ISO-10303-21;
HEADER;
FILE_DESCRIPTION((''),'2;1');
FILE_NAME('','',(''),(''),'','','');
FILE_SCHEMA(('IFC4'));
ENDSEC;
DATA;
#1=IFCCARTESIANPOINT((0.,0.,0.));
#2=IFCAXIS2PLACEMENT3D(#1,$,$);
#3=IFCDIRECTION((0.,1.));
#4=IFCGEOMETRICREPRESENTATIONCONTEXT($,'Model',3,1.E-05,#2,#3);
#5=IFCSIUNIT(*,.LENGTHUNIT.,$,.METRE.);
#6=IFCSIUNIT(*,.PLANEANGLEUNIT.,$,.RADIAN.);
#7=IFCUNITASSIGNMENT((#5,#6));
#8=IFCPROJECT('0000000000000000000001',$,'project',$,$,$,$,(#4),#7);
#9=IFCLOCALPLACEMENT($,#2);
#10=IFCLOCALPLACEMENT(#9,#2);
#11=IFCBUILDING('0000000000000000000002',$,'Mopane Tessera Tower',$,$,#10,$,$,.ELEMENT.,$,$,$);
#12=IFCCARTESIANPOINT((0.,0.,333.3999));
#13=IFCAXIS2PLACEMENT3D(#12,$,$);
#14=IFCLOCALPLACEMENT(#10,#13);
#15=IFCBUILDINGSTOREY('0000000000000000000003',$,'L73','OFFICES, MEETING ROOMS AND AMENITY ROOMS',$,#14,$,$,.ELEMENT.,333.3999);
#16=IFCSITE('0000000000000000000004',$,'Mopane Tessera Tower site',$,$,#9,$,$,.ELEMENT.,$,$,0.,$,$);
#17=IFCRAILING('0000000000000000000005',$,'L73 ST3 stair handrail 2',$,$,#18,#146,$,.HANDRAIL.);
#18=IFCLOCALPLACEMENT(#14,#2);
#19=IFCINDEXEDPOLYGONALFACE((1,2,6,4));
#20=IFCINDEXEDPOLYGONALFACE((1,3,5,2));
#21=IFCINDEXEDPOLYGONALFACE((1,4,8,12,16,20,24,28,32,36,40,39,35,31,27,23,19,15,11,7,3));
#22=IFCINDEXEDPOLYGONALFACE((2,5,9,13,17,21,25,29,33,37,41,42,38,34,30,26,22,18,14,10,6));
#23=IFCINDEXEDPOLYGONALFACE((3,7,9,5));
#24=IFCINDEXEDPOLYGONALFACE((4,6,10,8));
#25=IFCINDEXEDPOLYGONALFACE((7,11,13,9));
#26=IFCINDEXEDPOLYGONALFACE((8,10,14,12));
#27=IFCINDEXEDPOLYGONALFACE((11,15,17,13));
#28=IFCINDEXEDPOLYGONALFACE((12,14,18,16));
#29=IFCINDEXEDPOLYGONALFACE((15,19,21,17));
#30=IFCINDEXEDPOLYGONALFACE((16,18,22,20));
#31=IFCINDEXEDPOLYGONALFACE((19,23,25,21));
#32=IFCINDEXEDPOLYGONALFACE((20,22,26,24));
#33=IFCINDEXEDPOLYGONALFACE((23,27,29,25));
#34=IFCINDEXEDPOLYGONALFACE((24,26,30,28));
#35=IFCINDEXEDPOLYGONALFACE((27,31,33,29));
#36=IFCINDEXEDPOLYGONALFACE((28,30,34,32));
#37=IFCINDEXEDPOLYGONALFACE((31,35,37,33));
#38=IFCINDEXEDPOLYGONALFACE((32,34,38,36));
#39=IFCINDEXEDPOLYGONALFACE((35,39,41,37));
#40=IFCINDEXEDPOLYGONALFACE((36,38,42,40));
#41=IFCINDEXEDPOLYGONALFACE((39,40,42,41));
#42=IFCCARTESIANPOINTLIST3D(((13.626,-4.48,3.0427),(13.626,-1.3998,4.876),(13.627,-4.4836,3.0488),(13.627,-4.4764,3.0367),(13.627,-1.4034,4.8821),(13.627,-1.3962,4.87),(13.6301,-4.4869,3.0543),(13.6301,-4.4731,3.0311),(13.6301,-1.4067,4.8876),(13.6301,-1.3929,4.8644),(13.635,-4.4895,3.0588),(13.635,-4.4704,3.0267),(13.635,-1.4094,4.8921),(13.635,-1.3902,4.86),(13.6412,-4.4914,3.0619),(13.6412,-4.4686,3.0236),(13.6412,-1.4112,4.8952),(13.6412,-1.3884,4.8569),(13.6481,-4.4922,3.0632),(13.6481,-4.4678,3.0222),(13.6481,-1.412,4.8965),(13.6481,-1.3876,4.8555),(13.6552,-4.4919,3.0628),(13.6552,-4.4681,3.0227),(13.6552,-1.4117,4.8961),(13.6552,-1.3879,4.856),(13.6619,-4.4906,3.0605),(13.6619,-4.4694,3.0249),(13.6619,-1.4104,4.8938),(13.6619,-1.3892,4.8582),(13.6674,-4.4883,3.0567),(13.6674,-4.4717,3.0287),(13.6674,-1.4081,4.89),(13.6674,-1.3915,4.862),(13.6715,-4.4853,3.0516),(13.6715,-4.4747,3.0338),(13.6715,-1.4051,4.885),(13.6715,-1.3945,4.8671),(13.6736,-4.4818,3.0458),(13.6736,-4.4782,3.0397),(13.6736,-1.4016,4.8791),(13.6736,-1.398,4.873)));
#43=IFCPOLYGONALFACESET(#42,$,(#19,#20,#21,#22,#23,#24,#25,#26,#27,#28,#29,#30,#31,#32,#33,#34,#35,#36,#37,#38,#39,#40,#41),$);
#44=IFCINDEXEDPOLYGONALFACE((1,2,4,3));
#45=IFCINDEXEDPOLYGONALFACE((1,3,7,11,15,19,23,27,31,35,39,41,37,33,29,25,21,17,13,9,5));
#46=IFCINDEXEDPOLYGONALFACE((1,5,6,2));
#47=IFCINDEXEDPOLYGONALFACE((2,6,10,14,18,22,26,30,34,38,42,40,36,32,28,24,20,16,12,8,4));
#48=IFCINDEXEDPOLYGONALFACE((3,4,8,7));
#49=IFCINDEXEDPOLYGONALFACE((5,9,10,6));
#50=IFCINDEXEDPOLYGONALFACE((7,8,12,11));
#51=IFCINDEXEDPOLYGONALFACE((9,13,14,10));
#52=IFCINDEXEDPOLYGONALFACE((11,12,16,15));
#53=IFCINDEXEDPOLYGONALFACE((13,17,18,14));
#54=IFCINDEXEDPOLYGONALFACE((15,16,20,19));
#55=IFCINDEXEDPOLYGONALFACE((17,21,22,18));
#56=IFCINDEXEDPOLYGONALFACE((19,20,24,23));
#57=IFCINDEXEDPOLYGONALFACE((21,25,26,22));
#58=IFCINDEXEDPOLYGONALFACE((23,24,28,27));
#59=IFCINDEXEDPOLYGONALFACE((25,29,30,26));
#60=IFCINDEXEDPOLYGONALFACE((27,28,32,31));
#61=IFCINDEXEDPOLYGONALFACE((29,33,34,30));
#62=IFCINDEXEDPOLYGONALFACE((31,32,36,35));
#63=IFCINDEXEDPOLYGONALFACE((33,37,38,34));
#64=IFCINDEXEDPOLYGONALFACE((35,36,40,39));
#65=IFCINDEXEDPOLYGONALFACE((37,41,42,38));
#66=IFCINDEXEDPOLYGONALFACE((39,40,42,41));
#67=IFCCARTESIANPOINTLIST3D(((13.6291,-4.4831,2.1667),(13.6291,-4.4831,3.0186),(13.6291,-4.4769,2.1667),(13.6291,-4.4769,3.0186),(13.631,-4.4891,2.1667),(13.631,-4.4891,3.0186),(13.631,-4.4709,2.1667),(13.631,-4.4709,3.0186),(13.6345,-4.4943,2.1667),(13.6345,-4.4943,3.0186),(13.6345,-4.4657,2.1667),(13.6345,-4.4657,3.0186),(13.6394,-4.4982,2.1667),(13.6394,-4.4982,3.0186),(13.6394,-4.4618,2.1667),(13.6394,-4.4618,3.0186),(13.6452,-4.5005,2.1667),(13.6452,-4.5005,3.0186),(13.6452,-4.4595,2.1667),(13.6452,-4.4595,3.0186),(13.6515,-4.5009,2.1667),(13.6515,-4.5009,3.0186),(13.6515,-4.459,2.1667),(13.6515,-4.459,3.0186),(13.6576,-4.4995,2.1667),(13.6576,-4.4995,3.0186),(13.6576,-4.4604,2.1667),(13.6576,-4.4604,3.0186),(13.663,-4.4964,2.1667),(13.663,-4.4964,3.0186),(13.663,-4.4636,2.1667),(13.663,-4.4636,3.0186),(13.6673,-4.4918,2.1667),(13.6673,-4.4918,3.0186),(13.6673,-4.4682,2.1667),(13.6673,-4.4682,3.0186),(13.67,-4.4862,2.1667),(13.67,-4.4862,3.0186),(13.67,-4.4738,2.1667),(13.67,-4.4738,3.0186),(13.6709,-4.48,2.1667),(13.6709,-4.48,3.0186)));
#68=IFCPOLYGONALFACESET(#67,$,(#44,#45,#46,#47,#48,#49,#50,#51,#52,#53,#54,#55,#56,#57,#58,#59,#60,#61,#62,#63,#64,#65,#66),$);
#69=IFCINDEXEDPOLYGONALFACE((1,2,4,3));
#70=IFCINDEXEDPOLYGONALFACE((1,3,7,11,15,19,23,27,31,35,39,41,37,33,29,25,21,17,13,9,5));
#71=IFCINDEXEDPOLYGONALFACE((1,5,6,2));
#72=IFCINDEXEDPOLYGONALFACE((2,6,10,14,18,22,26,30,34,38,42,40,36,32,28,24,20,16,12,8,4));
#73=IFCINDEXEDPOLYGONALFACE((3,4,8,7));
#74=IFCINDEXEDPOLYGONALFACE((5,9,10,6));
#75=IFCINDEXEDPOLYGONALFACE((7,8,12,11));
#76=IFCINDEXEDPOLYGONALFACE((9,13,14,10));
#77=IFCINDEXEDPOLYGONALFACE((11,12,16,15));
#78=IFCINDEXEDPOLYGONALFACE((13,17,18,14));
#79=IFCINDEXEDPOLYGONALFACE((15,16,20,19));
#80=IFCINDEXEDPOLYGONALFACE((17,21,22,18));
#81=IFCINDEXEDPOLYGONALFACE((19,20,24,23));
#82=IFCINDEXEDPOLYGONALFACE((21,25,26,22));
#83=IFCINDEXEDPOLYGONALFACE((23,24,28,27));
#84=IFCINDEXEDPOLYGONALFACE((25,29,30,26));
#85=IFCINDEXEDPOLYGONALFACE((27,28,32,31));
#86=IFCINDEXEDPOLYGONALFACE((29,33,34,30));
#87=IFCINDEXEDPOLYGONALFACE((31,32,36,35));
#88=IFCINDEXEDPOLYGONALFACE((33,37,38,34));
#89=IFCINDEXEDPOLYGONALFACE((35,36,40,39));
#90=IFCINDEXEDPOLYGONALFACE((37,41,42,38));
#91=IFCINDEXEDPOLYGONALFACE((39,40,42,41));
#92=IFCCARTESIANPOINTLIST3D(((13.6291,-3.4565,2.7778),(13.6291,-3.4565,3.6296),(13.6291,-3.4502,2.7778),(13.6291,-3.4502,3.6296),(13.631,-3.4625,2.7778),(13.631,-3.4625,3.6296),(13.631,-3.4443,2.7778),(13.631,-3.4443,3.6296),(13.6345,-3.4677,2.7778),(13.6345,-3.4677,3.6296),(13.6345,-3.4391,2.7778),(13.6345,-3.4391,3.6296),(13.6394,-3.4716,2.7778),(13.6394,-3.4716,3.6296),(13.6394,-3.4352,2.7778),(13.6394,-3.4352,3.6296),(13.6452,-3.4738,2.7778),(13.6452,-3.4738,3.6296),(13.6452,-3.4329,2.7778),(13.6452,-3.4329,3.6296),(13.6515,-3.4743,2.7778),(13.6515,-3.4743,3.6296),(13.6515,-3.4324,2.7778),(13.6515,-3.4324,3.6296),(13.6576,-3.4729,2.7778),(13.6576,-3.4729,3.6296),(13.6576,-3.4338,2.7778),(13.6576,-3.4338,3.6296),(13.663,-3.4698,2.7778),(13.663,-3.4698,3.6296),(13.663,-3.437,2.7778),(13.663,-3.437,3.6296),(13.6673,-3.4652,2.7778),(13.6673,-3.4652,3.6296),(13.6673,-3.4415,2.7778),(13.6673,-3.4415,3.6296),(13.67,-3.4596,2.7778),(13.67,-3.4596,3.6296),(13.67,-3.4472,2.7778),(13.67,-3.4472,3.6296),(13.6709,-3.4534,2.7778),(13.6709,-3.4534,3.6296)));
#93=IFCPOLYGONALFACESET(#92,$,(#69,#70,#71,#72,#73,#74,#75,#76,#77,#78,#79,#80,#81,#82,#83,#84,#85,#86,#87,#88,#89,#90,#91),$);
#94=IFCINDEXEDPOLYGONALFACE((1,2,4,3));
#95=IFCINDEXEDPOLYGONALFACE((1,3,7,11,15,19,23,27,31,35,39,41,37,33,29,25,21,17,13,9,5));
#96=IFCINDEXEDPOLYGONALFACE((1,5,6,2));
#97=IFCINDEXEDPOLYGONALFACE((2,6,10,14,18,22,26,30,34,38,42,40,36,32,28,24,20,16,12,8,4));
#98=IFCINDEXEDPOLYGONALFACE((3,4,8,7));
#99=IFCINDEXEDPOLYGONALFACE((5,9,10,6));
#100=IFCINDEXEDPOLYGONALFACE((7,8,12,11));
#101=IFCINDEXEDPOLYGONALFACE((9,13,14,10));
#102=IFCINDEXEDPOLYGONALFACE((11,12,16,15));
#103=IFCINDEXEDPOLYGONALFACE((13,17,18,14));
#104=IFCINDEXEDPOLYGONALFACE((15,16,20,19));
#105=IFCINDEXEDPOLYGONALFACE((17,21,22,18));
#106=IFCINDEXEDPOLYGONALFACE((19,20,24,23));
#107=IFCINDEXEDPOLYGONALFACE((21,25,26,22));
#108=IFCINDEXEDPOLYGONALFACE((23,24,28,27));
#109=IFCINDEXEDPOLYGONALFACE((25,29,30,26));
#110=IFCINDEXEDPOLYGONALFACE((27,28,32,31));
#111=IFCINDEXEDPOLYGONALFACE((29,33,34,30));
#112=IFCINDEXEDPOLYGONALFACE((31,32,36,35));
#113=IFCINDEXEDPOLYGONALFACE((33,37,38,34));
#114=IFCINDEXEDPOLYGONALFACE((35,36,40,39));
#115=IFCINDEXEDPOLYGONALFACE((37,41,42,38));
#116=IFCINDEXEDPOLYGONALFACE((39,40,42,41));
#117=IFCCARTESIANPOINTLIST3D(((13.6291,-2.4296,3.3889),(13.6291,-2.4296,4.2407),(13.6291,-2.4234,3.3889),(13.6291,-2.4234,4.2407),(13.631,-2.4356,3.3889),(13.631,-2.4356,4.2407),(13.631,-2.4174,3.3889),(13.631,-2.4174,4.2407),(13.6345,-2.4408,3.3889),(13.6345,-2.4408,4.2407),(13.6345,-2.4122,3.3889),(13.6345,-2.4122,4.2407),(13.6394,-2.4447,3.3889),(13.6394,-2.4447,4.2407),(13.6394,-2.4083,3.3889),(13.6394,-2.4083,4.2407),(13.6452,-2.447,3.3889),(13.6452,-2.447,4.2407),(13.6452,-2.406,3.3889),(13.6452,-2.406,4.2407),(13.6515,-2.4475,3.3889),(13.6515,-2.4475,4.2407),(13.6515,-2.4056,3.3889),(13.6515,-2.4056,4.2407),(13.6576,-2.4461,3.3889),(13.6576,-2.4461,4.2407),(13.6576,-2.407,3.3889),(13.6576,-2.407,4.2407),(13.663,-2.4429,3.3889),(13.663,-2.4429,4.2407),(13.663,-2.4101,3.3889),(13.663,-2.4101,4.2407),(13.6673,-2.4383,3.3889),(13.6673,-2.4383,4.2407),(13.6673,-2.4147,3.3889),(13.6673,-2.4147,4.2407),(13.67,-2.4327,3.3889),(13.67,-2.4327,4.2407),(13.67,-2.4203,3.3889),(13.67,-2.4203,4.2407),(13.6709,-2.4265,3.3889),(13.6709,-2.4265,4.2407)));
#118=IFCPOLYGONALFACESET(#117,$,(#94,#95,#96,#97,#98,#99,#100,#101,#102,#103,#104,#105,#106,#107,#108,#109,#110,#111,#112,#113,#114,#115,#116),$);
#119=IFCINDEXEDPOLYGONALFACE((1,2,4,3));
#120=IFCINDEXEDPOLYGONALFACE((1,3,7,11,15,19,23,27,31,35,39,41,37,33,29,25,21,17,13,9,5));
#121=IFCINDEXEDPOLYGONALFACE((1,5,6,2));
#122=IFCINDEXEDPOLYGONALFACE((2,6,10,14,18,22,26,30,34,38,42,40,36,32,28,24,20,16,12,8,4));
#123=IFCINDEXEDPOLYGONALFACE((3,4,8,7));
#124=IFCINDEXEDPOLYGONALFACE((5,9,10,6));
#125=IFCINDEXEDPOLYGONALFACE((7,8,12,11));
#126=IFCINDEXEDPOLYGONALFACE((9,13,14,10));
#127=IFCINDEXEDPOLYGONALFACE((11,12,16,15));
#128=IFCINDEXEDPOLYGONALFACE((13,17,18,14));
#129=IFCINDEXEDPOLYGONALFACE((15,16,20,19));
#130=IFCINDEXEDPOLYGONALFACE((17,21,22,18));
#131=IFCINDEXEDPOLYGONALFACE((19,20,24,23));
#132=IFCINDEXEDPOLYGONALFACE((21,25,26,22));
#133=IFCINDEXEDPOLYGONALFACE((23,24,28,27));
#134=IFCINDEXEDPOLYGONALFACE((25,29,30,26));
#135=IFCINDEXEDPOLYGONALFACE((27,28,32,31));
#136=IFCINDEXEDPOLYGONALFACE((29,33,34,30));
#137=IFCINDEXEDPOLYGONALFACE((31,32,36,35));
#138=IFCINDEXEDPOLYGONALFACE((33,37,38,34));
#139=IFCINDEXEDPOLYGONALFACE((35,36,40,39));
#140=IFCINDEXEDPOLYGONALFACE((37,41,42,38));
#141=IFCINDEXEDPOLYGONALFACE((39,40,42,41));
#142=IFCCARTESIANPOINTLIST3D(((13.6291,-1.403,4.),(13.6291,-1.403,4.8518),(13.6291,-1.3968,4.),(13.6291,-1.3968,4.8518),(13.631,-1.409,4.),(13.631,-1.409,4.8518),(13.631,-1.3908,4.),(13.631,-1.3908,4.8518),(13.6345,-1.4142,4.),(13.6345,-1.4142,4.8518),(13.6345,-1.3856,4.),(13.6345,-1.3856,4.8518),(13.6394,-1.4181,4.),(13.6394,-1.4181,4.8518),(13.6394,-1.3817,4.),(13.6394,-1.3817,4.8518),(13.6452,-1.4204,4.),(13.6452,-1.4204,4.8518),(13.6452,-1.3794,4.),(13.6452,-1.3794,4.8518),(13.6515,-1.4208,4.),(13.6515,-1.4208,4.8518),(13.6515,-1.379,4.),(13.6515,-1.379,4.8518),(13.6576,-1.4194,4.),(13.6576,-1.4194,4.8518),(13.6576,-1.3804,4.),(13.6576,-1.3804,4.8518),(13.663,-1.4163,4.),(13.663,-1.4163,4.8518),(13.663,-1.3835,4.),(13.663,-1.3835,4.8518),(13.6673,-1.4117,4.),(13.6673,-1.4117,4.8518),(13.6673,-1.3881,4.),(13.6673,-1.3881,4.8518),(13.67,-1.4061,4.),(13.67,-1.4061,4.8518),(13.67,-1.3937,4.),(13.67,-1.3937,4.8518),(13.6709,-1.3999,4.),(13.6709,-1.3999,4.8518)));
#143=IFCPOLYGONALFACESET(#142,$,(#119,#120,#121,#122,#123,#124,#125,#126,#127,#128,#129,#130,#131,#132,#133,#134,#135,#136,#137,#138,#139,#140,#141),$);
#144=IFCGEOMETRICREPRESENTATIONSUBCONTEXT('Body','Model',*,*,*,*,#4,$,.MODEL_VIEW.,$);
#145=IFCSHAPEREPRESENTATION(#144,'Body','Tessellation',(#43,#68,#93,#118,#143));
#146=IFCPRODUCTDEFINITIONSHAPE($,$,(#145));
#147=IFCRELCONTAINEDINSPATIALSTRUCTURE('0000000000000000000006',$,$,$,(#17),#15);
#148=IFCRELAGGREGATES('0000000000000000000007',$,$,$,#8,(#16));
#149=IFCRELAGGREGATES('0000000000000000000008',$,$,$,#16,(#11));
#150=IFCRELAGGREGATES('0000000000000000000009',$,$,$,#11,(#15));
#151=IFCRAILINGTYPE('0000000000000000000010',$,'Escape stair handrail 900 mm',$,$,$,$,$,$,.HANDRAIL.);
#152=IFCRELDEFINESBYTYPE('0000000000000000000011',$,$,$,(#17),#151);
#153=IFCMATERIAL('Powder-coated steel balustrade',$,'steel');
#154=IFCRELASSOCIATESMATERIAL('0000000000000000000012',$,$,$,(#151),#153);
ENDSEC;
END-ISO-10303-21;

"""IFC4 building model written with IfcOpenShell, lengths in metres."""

from ifc_helpers import new_model, si_unit, direction, frame, origin, origin_2d, place, context, subcontext, project, spatial, circle, extrude, material, type_object, element, save


model = new_model("IFC4")

# Units and contexts
model_context = context("Model", 3, precision=1e-05, world=origin(), true_north=direction((0.0, 1.0)))
body_context = subcontext(model_context, "Body", "Model", "MODEL_VIEW")
ifc_project = project(units=[si_unit("LENGTHUNIT", "METRE"), si_unit("PLANEANGLEUNIT", "RADIAN")], contexts=[model_context])

# Site, building, storey
site_placement = place(None, origin())
site = spatial("IfcSite", under=ifc_project, at=site_placement, Name="Mopane Tessera Tower site", CompositionType="ELEMENT", RefElevation=0.0)
building_placement = place(site_placement, origin())
building = spatial("IfcBuilding", under=site, at=building_placement, Name="Mopane Tessera Tower", CompositionType="ELEMENT")
storey_placement = place(building_placement, frame((0.0, 0.0, 333.3999)))
storey = spatial("IfcBuildingStorey", under=building, at=storey_placement, Name="L73", Description="OFFICES, MEETING ROOMS AND AMENITY ROOMS", CompositionType="ELEMENT", Elevation=333.3999)

# Railing
ifc_material_1 = material(Name="Powder-coated steel balustrade", Category="steel")
railing_type = type_object("IfcRailingType", Name="Escape stair handrail 900 mm", PredefinedType="HANDRAIL", material=ifc_material_1)
railing_placement = place(storey_placement, frame((13.6499, -4.48, 2.1667)))
element("IfcRailing", 1, at=railing_placement, inside=storey, type_object=railing_type, Name="L73 ST3 stair handrail 2", PredefinedType="HANDRAIL", context=body_context, shape_type="SweptSolid", body=[
    extrude(circle(Radius=0.0239, at=origin_2d()), frame((0.0, 0.0, 0.876), z_axis=(0.0, 0.859309, 0.511458), x_axis=(-1.0, 0.0, 0.0)), (0.0, 0.0, 1.0), 3.5845),
    extrude(circle(Radius=0.021, at=origin_2d()), origin(), (0.0, 0.0, 1.0), 0.8518),
    extrude(circle(Radius=0.021, at=origin_2d()), frame((0.0, 1.0266, 0.6111)), (0.0, 0.0, 1.0), 0.8518),
    extrude(circle(Radius=0.021, at=origin_2d()), frame((0.0, 2.0535, 1.2222)), (0.0, 0.0, 1.0), 0.8518),
    extrude(circle(Radius=0.021, at=origin_2d()), frame((0.0, 3.0801, 1.8333)), (0.0, 0.0, 1.0), 0.8518),
])

save(model, "model.ifc")
